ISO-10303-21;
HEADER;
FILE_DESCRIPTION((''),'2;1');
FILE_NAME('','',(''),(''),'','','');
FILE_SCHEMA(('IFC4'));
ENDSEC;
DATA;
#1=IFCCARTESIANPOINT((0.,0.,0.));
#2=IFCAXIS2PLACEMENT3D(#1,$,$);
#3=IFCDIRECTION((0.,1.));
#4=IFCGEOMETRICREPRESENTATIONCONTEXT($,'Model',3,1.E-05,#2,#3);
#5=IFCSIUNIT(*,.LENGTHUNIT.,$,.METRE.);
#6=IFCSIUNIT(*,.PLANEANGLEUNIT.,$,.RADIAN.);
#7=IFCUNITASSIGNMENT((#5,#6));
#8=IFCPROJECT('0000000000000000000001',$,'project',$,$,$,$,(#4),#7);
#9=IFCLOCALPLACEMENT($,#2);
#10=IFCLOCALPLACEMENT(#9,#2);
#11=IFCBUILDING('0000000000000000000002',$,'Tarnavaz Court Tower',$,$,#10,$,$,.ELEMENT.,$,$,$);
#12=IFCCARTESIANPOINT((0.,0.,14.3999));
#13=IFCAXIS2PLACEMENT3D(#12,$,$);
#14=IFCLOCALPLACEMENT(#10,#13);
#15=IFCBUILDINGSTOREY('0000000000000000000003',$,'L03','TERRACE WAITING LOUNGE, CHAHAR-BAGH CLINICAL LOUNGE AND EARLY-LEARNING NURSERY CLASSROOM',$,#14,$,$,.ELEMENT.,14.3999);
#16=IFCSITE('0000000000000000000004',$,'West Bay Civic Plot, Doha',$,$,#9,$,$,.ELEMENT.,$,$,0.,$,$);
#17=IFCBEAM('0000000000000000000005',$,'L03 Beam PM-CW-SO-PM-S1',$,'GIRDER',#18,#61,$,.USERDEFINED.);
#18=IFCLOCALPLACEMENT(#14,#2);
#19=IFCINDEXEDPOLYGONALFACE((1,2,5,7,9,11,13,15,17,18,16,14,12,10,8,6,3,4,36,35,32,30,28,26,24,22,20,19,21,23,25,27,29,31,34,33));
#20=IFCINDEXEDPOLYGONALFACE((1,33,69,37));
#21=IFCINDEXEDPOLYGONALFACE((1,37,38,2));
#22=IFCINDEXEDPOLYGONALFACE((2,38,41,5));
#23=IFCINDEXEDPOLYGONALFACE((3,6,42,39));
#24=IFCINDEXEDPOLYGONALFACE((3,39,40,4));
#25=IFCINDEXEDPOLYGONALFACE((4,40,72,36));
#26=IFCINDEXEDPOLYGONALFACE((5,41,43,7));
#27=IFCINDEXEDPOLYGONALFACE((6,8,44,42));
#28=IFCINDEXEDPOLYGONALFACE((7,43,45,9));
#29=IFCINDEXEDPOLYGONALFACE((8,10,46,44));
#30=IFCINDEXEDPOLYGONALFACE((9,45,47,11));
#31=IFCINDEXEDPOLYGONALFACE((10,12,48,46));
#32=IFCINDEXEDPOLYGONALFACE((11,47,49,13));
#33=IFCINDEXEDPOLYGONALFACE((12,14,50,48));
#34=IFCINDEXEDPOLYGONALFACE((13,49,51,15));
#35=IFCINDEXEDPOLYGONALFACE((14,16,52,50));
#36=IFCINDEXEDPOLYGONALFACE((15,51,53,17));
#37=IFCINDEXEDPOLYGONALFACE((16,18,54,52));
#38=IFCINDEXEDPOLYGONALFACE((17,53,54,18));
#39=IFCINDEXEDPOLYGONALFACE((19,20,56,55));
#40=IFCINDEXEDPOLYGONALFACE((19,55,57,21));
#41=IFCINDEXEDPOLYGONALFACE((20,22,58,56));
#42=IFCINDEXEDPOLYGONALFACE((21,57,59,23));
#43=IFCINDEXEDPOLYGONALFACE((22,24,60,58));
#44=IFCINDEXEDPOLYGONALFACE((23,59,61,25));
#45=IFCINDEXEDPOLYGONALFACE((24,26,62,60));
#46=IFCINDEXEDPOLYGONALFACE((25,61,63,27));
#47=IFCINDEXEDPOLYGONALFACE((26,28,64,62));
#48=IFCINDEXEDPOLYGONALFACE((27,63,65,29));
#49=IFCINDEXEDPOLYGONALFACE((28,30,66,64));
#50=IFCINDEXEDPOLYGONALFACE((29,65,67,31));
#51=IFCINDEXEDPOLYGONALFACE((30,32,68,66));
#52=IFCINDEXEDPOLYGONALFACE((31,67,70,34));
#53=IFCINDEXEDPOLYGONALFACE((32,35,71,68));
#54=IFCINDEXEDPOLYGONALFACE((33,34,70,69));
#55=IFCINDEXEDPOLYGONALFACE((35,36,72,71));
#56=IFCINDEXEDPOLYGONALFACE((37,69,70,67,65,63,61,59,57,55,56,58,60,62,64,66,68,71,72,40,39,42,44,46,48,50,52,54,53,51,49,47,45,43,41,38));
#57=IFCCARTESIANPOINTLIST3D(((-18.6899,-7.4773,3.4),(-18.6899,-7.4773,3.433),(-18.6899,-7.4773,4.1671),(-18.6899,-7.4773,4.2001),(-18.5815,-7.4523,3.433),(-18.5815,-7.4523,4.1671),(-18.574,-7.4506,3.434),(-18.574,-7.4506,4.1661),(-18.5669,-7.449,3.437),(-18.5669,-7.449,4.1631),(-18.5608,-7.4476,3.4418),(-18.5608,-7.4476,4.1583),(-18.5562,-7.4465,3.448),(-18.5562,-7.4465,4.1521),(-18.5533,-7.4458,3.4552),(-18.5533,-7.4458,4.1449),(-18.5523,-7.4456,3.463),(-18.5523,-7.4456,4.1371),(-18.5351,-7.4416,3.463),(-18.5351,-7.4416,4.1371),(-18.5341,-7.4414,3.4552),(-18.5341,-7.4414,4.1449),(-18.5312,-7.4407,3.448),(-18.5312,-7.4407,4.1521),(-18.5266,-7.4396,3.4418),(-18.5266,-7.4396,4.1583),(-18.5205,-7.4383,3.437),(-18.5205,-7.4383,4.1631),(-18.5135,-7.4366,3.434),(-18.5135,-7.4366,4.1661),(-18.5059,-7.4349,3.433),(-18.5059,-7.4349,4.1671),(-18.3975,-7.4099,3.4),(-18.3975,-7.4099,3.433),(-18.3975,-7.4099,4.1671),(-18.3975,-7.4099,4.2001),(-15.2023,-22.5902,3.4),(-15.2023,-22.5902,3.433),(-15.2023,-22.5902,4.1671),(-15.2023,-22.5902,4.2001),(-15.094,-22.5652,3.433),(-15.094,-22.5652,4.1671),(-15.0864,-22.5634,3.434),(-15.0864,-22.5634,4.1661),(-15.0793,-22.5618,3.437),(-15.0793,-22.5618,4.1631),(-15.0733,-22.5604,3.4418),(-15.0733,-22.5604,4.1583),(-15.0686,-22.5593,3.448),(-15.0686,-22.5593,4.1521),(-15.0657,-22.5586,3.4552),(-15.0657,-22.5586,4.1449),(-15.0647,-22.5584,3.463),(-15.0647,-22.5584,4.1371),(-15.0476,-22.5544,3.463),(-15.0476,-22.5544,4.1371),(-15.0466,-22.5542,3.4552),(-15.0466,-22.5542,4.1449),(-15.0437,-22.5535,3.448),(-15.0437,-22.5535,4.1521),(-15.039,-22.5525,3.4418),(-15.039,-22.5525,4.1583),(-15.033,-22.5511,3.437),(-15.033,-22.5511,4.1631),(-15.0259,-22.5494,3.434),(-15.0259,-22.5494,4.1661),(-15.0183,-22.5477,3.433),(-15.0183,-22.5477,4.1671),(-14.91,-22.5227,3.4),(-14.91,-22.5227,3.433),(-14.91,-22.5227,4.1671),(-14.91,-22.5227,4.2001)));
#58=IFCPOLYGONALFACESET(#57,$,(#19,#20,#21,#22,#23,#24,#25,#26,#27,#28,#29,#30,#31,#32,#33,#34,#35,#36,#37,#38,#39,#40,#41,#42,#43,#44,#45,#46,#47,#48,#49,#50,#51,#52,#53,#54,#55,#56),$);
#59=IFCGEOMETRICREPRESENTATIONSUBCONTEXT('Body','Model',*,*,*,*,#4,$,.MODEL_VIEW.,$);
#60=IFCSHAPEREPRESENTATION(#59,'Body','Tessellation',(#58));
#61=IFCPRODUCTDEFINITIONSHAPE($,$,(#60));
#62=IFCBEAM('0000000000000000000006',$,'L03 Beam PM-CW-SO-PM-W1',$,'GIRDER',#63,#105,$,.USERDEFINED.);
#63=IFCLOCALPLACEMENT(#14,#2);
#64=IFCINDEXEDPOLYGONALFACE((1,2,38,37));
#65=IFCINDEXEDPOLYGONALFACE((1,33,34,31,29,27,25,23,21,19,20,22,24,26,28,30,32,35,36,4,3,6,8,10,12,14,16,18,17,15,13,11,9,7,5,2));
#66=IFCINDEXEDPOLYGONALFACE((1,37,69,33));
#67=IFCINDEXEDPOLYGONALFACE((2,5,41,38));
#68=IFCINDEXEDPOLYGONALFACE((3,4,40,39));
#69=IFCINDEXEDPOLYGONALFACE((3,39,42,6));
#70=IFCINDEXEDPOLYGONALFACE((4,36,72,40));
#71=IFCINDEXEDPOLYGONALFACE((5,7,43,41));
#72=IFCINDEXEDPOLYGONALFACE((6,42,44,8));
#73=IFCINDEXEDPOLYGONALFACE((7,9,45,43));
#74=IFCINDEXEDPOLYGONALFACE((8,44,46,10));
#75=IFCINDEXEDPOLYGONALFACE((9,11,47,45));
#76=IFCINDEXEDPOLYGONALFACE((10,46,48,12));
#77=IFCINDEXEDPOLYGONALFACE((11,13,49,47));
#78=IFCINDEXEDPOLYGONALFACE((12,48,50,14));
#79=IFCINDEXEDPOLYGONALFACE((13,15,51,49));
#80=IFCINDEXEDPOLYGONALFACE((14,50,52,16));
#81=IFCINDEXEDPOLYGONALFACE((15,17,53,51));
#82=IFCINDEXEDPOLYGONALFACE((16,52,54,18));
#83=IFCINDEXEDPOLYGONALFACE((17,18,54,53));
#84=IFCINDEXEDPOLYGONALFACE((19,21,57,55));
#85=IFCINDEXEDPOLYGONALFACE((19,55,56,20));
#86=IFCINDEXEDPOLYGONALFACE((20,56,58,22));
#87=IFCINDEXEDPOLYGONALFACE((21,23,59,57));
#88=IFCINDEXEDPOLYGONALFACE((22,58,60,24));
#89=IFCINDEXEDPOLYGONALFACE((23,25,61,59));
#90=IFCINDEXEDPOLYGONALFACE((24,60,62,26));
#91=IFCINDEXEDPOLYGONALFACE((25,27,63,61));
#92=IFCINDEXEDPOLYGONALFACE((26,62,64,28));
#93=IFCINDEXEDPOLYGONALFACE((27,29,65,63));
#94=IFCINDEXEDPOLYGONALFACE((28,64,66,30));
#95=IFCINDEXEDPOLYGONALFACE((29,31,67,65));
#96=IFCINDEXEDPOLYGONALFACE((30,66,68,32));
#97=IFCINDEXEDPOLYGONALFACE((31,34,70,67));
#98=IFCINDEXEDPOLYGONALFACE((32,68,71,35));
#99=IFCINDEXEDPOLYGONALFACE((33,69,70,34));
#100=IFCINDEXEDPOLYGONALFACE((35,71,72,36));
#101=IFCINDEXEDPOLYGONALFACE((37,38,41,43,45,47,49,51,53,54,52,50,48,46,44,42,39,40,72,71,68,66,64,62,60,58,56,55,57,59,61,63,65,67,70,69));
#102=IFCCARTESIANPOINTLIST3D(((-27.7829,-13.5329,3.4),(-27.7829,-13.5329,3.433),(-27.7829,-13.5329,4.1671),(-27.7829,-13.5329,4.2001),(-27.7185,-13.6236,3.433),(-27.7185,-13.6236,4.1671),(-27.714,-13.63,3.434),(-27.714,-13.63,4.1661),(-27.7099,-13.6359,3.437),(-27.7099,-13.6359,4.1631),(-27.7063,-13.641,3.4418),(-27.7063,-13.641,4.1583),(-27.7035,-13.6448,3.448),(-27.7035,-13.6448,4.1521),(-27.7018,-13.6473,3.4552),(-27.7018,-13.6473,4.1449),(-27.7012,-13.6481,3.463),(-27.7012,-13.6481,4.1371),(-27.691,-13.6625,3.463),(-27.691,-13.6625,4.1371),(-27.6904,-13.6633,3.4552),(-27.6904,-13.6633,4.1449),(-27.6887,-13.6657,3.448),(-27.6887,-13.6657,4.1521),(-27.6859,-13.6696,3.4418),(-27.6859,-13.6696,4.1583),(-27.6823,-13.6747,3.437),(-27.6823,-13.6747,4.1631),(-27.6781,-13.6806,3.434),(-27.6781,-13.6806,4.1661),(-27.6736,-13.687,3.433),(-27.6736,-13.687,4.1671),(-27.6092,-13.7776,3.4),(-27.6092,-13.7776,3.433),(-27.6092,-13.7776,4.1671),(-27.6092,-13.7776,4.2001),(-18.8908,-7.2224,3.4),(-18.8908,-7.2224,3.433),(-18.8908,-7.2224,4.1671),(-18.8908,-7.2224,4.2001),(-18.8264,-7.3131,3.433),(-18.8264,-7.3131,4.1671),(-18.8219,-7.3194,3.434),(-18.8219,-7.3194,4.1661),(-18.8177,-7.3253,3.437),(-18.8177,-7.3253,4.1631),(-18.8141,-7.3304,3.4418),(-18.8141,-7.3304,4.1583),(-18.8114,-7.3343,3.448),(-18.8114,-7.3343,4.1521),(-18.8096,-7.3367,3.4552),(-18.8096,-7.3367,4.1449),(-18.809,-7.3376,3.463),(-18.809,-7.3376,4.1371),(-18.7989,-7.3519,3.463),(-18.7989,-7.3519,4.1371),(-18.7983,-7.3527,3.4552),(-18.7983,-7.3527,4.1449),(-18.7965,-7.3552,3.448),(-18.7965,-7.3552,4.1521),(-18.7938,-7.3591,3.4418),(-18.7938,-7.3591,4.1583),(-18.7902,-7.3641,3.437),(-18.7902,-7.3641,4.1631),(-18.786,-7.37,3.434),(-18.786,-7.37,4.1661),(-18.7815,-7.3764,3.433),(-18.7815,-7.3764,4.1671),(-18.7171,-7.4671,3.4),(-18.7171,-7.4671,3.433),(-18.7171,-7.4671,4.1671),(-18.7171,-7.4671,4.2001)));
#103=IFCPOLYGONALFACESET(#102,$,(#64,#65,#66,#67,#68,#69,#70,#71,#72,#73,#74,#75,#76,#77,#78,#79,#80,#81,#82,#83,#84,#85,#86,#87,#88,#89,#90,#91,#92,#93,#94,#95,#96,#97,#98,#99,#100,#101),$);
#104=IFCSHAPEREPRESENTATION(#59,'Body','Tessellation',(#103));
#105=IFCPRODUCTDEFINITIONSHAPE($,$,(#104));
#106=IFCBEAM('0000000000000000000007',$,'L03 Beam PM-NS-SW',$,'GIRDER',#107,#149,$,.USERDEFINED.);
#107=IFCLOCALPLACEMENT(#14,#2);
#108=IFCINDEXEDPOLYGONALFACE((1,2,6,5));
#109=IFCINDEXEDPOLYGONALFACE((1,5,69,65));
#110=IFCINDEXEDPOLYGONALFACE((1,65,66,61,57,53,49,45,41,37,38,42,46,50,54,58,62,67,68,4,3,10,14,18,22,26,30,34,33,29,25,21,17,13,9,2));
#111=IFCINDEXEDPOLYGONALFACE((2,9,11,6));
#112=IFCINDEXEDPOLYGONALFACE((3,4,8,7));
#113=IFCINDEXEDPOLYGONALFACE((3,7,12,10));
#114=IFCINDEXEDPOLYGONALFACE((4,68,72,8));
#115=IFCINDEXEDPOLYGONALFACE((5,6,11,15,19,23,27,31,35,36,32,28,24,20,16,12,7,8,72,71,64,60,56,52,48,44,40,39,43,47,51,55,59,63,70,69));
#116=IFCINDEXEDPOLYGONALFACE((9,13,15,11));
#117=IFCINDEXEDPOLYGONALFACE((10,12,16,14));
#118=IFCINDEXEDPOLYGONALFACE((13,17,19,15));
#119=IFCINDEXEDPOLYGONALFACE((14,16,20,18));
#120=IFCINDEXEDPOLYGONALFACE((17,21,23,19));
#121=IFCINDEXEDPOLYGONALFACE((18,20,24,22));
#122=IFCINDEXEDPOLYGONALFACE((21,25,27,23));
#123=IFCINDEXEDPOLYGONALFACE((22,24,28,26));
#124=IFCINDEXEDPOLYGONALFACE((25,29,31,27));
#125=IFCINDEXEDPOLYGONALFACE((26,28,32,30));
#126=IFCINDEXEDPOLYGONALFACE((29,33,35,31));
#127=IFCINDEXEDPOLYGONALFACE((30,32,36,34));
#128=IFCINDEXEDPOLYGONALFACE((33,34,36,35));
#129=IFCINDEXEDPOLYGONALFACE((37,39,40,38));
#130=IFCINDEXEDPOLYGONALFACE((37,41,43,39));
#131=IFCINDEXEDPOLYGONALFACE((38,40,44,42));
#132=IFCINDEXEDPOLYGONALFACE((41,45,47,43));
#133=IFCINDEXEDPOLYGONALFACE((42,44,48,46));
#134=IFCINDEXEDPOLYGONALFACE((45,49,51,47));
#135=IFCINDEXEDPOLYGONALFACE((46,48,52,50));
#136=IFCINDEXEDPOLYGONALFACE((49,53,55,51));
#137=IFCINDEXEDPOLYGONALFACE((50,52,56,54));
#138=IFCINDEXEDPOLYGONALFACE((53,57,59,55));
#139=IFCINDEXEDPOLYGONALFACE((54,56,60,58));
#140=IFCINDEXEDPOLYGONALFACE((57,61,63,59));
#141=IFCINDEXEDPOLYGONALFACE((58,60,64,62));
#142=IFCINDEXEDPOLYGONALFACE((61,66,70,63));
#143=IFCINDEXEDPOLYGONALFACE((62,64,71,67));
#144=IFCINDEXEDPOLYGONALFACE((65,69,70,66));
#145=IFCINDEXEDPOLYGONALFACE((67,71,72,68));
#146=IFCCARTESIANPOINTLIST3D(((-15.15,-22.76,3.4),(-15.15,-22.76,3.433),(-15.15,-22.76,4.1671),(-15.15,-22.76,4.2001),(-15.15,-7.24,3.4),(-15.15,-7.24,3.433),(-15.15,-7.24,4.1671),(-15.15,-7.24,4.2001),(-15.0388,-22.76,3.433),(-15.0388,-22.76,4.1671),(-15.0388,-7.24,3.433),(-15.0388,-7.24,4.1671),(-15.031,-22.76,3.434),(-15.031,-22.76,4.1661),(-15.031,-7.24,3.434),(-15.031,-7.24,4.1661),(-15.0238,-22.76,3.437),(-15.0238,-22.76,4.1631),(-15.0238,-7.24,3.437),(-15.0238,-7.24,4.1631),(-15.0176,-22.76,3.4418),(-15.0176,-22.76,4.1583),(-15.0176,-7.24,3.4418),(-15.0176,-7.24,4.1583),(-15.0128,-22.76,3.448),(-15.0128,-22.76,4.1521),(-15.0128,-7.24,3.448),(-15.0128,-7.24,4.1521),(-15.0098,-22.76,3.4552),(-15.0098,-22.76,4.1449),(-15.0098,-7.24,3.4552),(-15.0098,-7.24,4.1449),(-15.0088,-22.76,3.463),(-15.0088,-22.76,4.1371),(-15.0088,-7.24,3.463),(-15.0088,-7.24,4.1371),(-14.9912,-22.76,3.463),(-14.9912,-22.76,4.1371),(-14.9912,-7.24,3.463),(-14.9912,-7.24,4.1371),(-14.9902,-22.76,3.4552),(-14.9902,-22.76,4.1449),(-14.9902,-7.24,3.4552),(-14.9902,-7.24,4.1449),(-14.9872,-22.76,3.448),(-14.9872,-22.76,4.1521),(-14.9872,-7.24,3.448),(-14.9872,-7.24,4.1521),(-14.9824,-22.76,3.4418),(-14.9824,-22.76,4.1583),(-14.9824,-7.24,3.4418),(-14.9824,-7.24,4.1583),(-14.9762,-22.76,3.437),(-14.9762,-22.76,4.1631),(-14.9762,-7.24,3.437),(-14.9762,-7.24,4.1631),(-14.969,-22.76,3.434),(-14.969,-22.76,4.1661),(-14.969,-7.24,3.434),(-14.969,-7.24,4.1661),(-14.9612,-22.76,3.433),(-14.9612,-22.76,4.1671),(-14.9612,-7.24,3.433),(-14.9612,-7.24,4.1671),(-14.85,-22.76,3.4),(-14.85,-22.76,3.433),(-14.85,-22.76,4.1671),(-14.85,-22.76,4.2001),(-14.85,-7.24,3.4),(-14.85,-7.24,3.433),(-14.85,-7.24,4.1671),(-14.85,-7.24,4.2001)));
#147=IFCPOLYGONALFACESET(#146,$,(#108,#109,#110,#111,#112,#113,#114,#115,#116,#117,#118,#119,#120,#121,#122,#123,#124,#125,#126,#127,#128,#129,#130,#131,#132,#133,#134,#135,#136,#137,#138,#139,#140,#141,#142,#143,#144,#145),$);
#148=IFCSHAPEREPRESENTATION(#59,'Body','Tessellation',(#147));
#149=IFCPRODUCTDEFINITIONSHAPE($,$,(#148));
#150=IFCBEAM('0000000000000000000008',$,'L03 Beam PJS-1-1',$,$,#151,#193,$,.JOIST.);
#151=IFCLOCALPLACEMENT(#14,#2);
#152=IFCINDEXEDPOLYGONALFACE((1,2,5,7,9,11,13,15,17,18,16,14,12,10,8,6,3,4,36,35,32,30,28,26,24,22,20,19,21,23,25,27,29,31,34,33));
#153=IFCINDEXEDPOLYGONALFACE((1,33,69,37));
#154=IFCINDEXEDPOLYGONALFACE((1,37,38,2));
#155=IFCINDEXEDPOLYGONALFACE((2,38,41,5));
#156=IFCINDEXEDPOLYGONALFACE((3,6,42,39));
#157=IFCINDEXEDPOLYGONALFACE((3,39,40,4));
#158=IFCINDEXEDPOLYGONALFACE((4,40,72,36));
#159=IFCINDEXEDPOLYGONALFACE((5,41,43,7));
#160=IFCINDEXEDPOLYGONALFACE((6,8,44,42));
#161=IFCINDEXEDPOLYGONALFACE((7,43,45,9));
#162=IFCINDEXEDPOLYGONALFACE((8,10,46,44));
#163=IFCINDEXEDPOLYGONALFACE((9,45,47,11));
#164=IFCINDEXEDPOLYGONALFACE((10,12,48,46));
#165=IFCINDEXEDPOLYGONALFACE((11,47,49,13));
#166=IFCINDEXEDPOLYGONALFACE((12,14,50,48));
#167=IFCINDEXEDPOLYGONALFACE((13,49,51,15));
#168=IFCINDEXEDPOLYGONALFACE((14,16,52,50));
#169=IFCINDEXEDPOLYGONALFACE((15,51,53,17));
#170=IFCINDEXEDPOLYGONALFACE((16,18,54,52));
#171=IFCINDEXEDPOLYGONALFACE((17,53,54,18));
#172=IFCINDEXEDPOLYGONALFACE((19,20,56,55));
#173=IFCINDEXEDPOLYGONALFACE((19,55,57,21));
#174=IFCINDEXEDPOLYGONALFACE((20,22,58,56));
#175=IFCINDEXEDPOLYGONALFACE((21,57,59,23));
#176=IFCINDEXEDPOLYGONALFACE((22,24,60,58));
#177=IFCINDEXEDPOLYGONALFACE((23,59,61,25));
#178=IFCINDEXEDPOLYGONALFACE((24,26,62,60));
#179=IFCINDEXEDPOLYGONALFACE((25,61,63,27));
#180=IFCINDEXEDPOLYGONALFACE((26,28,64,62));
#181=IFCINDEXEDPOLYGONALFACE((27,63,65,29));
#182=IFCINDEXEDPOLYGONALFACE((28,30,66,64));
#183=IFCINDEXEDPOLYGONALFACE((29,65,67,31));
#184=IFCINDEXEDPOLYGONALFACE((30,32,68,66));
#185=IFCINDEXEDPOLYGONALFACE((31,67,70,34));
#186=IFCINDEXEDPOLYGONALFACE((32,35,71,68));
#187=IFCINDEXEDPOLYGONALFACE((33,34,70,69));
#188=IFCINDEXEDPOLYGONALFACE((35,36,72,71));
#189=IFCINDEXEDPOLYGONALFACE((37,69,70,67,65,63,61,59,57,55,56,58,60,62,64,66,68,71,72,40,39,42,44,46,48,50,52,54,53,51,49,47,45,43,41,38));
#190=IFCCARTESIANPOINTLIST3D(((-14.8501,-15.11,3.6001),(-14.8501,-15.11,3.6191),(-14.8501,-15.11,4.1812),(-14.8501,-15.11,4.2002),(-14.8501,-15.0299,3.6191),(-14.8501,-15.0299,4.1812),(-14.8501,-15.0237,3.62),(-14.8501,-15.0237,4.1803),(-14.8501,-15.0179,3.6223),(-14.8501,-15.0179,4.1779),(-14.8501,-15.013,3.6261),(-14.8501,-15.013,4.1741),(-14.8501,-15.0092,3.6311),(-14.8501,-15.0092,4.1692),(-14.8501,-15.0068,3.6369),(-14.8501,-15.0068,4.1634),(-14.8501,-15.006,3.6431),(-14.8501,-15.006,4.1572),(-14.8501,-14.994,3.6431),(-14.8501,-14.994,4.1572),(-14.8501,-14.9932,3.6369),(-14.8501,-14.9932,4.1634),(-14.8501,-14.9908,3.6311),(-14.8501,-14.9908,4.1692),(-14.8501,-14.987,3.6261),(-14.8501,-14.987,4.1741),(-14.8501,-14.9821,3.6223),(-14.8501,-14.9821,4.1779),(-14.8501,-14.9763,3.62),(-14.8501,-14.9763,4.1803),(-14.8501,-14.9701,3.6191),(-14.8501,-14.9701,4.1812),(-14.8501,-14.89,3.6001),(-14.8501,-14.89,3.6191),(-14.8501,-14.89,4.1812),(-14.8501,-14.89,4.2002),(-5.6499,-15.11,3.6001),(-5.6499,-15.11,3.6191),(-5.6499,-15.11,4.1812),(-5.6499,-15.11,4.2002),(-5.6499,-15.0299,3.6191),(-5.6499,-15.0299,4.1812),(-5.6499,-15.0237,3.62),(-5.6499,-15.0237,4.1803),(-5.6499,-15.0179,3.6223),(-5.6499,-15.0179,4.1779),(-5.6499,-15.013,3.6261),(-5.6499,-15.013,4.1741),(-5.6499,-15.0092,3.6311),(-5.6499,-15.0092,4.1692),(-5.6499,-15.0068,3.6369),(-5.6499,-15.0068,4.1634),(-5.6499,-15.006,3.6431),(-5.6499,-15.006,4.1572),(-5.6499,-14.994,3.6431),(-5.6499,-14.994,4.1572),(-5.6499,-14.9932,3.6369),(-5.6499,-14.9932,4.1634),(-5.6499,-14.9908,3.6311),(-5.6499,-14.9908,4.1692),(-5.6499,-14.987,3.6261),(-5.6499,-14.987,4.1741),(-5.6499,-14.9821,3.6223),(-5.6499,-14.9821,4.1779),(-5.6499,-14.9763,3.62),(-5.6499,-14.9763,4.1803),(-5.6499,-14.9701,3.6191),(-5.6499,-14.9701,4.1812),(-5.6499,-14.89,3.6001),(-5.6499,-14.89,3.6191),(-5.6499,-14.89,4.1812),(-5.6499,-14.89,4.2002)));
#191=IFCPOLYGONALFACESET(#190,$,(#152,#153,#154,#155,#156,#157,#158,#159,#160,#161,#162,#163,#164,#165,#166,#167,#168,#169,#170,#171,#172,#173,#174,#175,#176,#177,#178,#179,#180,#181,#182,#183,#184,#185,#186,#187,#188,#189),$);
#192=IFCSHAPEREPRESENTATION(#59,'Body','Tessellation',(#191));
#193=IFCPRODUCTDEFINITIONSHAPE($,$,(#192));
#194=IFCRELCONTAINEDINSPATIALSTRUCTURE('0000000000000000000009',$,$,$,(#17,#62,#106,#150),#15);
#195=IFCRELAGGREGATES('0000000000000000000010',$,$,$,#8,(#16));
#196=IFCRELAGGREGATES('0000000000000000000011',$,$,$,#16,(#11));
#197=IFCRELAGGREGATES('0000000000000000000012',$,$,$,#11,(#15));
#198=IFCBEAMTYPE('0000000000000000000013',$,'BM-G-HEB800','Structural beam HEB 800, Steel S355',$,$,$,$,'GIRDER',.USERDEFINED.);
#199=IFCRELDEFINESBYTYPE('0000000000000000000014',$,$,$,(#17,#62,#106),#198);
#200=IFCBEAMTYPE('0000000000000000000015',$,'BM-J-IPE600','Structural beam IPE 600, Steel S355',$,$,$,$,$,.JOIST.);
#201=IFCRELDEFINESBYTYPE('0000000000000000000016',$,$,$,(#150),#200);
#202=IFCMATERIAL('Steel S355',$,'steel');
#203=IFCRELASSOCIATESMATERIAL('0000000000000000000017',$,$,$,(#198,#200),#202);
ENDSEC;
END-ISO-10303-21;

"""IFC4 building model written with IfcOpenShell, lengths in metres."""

from ifc_helpers import new_model, si_unit, direction, frame, origin, origin_2d, place, context, subcontext, project, spatial, i_section, extrude, material, material_profile, profile_set, type_object, element, save


model = new_model("IFC4")

# Units and contexts
model_context = context("Model", 3, precision=1e-05, world=origin(), true_north=direction((0.0, 1.0)))
body_context = subcontext(model_context, "Body", "Model", "MODEL_VIEW")
ifc_project = project(units=[si_unit("LENGTHUNIT", "METRE"), si_unit("PLANEANGLEUNIT", "RADIAN")], contexts=[model_context])

# Site, building, storey
site_placement = place(None, origin())
site = spatial("IfcSite", under=ifc_project, at=site_placement, Name="West Bay Civic Plot, Doha", CompositionType="ELEMENT", RefElevation=0.0)
building_placement = place(site_placement, origin())
building = spatial("IfcBuilding", under=site, at=building_placement, Name="Tarnavaz Court Tower", CompositionType="ELEMENT")
storey_placement = place(building_placement, frame((0.0, 0.0, 14.3999)))
storey = spatial("IfcBuildingStorey", under=building, at=storey_placement, Name="L03", Description="TERRACE WAITING LOUNGE, CHAHAR-BAGH CLINICAL LOUNGE AND EARLY-LEARNING NURSERY CLASSROOM", CompositionType="ELEMENT", Elevation=14.3999)

# Beams
ifc_material_1 = material(Name="Steel S355", Category="steel")
ifc_material_profile_1 = material_profile(ifc_material_1, i_section(OverallWidth=0.3, OverallDepth=0.8, WebThickness=0.0176, FlangeThickness=0.033, FilletRadius=0.03, at=origin_2d()), Name="HEB 800")
ifc_profile_set_1 = profile_set([ifc_material_profile_1], Name="Steel S355")
beam_type_1 = type_object("IfcBeamType", Name="BM-G-HEB800", Description="Structural beam HEB 800, Steel S355", ElementType="GIRDER", PredefinedType="USERDEFINED", material=ifc_profile_set_1)
beam_1_placement = place(storey_placement, frame((-18.5437, -7.4436, 3.8), z_axis=(0.224858, -0.974391, 0.0), x_axis=(0.974391, 0.224858, 0.0)))
element("IfcBeam", 1, at=beam_1_placement, inside=storey, type_object=beam_type_1, Name="L03 Beam PM-CW-SO-PM-S1", ObjectType="GIRDER", PredefinedType="USERDEFINED", context=body_context, shape_type="SweptSolid", body=[
    extrude(i_section(OverallWidth=0.3, OverallDepth=0.8, WebThickness=0.0176, FlangeThickness=0.033, FilletRadius=0.03, at=origin_2d()), origin(), (0.0, 0.0, 1.0), 15.51),
])
beam_2_placement = place(storey_placement, frame((-18.804, -7.3447, 3.8), z_axis=(-0.815506, -0.578749, 0.0), x_axis=(0.578749, -0.815506, 0.0)))
element("IfcBeam", 2, at=beam_2_placement, inside=storey, type_object=beam_type_1, Name="L03 Beam PM-CW-SO-PM-W1", ObjectType="GIRDER", PredefinedType="USERDEFINED", context=body_context, shape_type="SweptSolid", body=[
    extrude(i_section(OverallWidth=0.3, OverallDepth=0.8, WebThickness=0.0176, FlangeThickness=0.033, FilletRadius=0.03, at=origin_2d()), origin(), (0.0, 0.0, 1.0), 10.9038),
])
beam_3_placement = place(storey_placement, frame((-15.0, -7.24, 3.8), z_axis=(0.0, -1.0, 0.0), x_axis=(1.0, 0.0, 0.0)))
element("IfcBeam", 3, at=beam_3_placement, inside=storey, type_object=beam_type_1, Name="L03 Beam PM-NS-SW", ObjectType="GIRDER", PredefinedType="USERDEFINED", context=body_context, shape_type="SweptSolid", body=[
    extrude(i_section(OverallWidth=0.3, OverallDepth=0.8, WebThickness=0.0176, FlangeThickness=0.033, FilletRadius=0.03, at=origin_2d()), origin(), (0.0, 0.0, 1.0), 15.52),
])
ifc_material_profile_2 = material_profile(ifc_material_1, i_section(OverallWidth=0.22, OverallDepth=0.6001, WebThickness=0.012, FlangeThickness=0.019, FilletRadius=0.0239, at=origin_2d()), Name="IPE 600")
ifc_profile_set_2 = profile_set([ifc_material_profile_2], Name="Steel S355")
beam_type_2 = type_object("IfcBeamType", Name="BM-J-IPE600", Description="Structural beam IPE 600, Steel S355", PredefinedType="JOIST", material=ifc_profile_set_2)
for number, where, z_axis, x_axis, name in (
    (4, (-14.8501, -15.0, 3.9001), (1.0, 0.0, 0.0), (0.0, 1.0, 0.0), "L03 Beam PJS-1-1"),
):
    element("IfcBeam", number, at=place(storey_placement, frame(where, z_axis=z_axis, x_axis=x_axis)), inside=storey, type_object=beam_type_2, Name=name, PredefinedType="JOIST", context=body_context, shape_type="SweptSolid", body=[
        extrude(i_section(OverallWidth=0.22, OverallDepth=0.6001, WebThickness=0.012, FlangeThickness=0.019, FilletRadius=0.0239, at=origin_2d()), origin(), (0.0, 0.0, 1.0), 9.2002),
    ])

save(model, "model.ifc")
